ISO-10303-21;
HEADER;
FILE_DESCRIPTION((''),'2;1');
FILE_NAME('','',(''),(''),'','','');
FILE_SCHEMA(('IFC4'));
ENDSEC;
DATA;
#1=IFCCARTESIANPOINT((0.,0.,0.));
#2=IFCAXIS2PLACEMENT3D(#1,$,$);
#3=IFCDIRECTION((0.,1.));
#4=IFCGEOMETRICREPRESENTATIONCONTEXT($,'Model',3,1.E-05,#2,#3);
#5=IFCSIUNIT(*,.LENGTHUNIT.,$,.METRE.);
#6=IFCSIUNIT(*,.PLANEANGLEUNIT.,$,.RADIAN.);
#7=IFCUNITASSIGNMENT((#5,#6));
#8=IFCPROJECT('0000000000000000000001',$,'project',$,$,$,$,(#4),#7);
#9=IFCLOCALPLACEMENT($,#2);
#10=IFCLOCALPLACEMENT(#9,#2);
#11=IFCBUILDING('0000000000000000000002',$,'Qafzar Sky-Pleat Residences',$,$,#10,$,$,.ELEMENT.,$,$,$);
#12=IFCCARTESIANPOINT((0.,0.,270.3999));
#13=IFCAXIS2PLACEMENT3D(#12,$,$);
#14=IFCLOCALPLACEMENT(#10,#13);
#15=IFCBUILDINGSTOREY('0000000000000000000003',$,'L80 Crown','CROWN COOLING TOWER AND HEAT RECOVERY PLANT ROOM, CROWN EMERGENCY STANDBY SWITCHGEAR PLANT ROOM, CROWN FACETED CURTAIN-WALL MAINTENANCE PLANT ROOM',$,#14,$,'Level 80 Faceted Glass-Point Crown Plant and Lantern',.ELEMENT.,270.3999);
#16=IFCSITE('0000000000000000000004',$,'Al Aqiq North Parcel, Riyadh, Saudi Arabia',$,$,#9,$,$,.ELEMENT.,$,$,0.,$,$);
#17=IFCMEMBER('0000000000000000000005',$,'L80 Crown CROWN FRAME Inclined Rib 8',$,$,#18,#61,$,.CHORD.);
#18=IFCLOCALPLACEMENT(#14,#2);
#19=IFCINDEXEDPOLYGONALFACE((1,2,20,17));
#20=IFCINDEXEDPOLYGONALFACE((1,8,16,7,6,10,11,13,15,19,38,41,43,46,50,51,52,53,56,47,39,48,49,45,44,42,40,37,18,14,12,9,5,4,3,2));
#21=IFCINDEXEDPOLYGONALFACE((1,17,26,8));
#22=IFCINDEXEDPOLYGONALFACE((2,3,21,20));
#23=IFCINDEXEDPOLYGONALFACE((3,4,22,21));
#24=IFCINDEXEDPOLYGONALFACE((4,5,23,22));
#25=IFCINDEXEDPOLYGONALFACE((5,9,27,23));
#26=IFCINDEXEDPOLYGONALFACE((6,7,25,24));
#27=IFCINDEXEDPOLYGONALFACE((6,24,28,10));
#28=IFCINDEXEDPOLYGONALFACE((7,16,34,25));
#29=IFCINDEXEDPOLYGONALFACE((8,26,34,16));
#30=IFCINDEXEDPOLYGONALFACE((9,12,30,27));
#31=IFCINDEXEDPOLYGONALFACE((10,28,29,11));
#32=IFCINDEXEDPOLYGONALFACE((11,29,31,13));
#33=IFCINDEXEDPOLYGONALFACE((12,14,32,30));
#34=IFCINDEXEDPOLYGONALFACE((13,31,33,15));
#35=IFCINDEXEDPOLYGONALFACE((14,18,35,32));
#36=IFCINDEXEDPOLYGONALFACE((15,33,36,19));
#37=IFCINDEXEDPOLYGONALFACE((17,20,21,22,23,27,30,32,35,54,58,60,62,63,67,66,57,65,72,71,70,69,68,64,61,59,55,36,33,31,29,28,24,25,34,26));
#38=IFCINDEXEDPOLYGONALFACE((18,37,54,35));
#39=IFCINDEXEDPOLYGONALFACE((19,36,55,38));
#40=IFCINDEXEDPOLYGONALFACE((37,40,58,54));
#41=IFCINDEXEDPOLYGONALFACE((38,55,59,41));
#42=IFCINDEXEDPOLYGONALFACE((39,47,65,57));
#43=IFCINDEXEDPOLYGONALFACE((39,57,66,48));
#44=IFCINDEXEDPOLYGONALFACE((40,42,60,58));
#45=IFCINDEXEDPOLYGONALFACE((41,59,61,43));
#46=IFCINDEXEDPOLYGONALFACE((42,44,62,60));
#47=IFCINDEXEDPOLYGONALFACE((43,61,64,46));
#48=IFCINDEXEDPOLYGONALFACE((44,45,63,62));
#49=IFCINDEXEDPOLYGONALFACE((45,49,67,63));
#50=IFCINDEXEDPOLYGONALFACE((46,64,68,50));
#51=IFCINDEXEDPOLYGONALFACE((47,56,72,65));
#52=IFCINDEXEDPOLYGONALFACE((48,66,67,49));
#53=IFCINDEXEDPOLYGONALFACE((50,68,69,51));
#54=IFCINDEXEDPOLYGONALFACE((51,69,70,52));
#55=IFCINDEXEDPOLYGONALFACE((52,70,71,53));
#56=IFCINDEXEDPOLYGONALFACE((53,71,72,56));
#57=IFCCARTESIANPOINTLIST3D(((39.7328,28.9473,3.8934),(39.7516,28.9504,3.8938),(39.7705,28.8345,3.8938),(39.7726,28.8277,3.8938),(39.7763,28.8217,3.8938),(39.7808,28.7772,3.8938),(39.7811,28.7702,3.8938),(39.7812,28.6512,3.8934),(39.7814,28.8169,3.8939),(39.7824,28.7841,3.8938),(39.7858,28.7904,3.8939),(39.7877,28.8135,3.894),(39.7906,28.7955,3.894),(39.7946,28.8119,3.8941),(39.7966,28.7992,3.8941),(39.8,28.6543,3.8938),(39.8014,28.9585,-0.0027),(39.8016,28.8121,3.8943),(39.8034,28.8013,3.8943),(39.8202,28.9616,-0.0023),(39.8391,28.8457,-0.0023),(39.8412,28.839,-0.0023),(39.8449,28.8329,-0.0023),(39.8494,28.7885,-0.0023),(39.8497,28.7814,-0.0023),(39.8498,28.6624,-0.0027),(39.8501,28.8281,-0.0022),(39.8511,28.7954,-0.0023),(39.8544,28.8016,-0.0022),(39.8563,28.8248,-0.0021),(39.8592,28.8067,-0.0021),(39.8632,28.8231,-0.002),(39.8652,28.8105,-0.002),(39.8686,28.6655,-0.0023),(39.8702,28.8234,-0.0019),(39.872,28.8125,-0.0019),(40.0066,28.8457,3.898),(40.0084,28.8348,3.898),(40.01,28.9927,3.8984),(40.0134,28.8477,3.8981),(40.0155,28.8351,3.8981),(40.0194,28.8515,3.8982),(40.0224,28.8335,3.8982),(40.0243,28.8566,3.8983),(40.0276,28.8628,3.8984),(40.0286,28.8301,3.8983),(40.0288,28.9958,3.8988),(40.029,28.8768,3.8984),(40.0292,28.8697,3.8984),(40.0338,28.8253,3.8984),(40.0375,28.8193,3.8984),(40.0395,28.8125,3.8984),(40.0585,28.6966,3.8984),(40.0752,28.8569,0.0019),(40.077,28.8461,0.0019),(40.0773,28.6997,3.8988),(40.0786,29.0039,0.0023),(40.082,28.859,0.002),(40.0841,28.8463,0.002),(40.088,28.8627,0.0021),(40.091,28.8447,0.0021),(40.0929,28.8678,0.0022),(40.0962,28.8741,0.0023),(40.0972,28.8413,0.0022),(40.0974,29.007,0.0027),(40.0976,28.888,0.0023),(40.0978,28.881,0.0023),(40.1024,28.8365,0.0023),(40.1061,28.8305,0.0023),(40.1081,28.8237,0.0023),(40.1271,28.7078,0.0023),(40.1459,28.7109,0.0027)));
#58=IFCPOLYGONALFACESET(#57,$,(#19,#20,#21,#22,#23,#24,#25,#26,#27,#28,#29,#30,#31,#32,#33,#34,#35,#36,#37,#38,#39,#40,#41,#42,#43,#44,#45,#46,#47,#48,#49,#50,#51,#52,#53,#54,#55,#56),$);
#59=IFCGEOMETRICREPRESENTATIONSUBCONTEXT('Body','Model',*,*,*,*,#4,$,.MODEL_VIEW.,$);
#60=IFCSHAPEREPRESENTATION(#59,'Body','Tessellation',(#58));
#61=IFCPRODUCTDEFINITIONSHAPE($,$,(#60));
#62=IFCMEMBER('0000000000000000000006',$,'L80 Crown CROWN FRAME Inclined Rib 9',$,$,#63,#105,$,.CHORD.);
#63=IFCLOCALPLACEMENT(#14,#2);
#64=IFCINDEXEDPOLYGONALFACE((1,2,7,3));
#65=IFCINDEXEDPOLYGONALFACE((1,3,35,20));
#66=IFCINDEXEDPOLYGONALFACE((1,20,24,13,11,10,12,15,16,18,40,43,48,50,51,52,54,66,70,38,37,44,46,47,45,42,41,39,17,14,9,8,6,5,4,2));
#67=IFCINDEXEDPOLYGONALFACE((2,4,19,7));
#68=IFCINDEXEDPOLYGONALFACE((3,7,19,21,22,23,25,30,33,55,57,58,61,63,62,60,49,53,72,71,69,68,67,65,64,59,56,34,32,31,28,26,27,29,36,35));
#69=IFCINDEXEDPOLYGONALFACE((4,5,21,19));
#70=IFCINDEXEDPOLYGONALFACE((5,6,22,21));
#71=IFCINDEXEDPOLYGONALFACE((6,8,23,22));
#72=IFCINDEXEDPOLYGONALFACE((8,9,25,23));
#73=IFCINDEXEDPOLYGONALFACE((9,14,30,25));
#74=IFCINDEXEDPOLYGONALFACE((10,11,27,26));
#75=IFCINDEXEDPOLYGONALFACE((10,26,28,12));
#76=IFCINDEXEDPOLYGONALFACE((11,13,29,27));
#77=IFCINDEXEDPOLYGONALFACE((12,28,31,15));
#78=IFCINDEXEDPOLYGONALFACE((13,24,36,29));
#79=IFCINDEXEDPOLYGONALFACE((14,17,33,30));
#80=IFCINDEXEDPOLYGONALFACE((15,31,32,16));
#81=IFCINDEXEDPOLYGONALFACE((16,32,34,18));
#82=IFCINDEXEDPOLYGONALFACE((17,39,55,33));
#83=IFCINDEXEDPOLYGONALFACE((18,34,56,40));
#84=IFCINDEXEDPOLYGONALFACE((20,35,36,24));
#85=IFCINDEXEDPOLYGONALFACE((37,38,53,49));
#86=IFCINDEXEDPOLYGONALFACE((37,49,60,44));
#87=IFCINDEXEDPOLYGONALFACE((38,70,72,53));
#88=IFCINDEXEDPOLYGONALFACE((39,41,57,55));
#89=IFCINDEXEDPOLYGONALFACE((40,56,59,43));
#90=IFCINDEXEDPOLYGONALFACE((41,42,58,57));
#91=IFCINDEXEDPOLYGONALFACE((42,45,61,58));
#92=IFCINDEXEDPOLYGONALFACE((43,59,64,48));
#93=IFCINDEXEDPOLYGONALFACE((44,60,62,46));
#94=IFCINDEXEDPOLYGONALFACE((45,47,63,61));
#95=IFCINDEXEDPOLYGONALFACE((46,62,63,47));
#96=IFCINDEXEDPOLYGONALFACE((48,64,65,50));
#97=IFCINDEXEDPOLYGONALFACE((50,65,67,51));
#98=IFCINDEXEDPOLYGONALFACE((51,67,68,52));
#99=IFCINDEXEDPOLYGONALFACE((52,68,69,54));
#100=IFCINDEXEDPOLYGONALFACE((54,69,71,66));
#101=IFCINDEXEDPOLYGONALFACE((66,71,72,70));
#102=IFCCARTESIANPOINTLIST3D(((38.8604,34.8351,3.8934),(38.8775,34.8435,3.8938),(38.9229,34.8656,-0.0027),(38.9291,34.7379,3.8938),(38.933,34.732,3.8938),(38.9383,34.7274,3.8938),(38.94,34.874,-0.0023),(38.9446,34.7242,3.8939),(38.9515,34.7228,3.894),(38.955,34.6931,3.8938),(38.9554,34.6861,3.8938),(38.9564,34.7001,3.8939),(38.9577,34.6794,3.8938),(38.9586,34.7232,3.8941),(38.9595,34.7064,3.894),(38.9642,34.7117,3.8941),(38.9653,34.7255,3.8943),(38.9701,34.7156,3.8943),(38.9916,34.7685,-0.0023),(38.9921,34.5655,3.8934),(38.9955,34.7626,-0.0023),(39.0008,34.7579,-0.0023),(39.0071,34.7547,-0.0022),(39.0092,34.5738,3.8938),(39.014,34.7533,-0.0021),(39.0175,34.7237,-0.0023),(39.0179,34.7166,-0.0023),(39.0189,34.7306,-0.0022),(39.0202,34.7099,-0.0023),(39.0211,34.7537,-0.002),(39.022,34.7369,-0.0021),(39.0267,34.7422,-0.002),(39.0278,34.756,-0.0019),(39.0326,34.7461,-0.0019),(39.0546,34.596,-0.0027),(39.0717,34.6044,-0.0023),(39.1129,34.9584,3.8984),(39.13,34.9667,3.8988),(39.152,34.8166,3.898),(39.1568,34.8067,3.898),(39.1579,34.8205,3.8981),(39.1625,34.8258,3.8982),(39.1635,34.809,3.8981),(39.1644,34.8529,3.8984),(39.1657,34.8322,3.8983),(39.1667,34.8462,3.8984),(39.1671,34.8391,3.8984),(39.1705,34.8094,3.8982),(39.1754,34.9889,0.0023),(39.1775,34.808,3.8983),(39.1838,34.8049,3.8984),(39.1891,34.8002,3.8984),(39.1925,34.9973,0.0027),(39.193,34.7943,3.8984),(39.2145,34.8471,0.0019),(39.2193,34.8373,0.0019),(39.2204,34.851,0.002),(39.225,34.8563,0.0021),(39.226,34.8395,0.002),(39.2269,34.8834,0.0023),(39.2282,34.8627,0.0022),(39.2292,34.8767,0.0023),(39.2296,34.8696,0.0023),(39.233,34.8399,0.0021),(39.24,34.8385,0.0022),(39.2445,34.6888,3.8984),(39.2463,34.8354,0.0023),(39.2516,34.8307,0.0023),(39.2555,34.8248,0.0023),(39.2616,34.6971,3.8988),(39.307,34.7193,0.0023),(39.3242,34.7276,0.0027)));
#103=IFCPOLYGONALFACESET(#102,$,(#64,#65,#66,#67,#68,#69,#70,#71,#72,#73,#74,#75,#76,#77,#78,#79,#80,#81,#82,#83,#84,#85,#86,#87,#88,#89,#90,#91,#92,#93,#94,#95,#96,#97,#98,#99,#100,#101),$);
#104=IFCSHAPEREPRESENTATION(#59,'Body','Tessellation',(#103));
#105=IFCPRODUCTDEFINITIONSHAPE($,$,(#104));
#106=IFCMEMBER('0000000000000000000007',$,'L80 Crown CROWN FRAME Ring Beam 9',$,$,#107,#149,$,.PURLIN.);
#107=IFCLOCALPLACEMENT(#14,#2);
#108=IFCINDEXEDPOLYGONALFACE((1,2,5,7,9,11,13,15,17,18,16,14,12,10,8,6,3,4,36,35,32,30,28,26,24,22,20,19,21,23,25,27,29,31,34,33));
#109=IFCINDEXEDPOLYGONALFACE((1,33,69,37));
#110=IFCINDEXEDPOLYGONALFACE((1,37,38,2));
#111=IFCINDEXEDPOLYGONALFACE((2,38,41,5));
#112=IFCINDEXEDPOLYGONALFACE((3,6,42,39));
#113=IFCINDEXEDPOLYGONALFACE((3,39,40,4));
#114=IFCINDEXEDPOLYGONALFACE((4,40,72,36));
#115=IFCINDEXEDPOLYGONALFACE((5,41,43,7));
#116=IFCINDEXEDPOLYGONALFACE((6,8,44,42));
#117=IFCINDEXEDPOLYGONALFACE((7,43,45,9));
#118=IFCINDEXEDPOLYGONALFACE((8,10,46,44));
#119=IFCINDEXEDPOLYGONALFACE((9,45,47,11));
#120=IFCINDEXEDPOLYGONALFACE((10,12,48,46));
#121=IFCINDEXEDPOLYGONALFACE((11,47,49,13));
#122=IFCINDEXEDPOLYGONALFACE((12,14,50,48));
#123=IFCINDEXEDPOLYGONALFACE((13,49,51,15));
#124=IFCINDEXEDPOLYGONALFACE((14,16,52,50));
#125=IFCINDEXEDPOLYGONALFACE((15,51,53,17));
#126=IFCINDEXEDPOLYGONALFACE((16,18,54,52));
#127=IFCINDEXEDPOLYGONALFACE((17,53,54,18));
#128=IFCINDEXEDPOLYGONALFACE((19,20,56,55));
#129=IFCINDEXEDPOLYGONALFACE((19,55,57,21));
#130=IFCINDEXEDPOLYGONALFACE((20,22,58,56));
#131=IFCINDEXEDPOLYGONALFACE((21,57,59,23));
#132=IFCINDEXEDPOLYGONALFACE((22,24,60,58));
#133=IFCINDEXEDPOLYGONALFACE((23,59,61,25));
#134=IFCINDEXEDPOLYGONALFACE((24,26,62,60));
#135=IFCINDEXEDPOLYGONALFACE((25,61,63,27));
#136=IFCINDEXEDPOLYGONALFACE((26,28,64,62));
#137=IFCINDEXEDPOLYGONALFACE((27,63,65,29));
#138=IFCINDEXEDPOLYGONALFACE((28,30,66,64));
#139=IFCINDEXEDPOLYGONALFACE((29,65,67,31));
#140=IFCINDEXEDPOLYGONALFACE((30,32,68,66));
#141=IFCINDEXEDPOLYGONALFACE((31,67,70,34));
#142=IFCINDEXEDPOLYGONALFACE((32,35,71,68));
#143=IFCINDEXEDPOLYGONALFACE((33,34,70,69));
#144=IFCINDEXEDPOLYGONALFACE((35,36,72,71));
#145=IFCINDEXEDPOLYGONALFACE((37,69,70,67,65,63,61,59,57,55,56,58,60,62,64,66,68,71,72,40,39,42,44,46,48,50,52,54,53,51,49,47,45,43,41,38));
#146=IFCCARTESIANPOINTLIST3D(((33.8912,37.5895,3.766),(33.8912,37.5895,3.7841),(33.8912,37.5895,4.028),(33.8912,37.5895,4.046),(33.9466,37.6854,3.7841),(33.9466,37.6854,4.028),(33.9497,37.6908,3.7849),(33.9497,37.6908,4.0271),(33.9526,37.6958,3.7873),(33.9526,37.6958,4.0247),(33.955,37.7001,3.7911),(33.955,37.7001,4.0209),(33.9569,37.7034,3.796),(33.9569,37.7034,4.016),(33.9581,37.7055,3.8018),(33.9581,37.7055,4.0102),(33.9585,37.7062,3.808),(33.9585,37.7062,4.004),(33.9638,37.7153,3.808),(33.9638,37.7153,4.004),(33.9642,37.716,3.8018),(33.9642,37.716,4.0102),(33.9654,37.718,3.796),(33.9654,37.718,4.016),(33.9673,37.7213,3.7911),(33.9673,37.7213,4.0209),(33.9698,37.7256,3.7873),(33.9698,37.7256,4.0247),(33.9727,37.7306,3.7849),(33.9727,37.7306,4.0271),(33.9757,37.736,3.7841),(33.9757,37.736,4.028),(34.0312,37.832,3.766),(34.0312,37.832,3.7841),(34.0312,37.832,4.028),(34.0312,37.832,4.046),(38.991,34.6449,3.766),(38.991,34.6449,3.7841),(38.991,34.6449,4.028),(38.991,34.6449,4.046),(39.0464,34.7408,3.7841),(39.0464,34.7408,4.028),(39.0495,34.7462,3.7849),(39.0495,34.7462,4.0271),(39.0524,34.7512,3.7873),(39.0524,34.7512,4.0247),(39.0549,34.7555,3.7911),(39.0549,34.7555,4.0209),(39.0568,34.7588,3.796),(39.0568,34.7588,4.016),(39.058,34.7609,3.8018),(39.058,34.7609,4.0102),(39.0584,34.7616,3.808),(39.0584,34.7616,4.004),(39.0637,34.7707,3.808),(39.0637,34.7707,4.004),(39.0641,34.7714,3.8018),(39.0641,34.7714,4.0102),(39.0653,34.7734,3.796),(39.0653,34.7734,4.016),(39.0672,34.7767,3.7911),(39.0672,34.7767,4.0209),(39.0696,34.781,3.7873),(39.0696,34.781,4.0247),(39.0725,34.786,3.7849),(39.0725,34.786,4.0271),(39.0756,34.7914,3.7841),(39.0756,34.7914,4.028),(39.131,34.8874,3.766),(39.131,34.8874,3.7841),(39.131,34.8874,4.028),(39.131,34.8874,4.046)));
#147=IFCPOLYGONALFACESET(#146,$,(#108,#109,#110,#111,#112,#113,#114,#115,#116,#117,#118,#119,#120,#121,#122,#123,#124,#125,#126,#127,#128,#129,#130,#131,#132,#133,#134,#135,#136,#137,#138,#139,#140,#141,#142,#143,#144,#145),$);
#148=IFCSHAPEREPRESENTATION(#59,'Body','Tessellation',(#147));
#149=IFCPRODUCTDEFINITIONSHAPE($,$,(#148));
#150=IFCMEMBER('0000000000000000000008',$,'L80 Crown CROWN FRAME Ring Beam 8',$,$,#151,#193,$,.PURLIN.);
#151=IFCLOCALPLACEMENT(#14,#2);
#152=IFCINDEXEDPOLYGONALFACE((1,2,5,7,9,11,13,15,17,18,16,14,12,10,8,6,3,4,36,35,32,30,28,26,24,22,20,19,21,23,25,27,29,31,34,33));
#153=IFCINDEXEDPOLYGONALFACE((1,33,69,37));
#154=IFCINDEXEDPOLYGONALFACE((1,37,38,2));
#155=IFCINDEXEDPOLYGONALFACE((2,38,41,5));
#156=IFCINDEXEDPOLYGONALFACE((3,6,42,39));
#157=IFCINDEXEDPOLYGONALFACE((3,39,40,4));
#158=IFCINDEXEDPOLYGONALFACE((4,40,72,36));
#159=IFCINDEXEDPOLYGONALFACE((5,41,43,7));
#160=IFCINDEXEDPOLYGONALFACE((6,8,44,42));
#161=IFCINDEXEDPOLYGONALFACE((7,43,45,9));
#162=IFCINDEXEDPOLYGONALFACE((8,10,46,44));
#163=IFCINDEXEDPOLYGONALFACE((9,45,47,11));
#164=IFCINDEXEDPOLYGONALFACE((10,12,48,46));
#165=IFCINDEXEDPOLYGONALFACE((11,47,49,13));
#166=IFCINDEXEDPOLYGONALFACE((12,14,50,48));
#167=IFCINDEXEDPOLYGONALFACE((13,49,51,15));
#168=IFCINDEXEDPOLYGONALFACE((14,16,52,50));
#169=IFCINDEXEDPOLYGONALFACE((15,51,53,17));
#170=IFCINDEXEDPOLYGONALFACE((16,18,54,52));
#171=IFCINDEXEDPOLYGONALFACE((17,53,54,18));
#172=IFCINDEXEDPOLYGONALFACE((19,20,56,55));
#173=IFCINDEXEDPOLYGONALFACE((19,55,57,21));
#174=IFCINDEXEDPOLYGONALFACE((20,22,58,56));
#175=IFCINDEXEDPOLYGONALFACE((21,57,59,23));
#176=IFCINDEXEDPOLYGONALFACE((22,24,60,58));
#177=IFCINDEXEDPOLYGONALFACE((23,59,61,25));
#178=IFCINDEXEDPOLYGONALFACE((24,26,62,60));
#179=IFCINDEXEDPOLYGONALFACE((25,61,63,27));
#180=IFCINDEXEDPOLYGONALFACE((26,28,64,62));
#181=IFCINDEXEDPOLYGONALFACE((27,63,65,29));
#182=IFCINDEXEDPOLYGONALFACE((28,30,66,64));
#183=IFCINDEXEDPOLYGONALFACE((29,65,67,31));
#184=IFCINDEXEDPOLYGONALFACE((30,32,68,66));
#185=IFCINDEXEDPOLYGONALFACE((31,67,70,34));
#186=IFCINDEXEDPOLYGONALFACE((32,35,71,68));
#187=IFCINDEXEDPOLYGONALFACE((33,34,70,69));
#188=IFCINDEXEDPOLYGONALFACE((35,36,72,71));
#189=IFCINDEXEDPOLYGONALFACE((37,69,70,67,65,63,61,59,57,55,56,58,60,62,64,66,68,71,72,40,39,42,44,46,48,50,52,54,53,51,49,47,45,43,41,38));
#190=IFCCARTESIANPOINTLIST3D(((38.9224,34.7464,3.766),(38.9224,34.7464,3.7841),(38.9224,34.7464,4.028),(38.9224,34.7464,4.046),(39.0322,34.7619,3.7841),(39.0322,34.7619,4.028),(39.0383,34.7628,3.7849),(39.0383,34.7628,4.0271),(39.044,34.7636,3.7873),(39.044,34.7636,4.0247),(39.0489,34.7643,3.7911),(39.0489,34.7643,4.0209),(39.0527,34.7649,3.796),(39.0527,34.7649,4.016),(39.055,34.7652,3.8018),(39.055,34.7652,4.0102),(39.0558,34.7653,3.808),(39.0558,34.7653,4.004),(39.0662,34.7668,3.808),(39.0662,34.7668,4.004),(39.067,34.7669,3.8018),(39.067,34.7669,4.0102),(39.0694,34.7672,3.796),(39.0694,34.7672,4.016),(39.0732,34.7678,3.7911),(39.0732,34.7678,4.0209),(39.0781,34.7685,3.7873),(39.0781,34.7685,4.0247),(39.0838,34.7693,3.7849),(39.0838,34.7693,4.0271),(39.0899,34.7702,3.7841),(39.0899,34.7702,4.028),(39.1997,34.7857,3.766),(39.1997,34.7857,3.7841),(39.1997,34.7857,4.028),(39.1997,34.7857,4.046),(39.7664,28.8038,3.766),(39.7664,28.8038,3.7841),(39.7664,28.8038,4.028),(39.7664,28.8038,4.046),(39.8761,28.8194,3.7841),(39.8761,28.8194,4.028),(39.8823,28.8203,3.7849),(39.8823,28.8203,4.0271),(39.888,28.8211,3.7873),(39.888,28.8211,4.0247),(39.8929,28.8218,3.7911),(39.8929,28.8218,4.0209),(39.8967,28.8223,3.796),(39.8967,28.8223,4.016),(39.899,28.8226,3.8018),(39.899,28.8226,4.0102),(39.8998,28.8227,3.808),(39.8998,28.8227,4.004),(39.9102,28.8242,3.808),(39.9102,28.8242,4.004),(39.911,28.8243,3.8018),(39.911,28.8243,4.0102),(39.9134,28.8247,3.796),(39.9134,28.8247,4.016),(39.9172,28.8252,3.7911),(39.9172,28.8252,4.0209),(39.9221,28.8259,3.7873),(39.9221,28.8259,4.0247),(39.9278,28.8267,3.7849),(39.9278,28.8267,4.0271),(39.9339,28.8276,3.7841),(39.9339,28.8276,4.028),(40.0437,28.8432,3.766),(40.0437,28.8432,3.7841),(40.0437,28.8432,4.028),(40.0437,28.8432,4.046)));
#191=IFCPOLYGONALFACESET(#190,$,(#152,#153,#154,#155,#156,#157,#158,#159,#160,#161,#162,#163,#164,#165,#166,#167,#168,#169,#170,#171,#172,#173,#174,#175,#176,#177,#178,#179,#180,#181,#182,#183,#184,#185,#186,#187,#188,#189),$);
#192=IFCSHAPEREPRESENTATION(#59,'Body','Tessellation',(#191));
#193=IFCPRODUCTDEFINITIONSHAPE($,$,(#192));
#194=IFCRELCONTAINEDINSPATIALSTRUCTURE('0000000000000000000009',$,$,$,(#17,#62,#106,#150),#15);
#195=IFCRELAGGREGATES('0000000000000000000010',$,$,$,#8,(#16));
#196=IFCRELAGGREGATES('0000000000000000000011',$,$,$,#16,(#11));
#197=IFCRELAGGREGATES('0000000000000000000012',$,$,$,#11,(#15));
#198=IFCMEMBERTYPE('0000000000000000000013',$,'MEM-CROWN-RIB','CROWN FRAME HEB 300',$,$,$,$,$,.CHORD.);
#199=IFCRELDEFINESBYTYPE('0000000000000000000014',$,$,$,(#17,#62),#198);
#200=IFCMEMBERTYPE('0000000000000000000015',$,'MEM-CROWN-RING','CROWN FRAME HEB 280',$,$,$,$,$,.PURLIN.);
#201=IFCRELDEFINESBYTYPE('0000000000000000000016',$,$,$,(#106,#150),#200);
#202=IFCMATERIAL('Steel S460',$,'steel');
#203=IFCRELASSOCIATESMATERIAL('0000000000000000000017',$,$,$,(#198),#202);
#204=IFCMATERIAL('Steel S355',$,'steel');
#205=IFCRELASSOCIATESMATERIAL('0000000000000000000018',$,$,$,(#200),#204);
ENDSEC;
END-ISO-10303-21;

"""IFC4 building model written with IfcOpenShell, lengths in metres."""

from ifc_helpers import new_model, si_unit, direction, frame, origin, origin_2d, place, context, subcontext, project, spatial, i_section, extrude, source, transform, mapped, material, material_profile, profile_set, type_object, element, save


model = new_model("IFC4")

# Units and contexts
model_context = context("Model", 3, precision=1e-05, world=origin(), true_north=direction((0.0, 1.0)))
body_context = subcontext(model_context, "Body", "Model", "MODEL_VIEW")
ifc_project = project(units=[si_unit("LENGTHUNIT", "METRE"), si_unit("PLANEANGLEUNIT", "RADIAN")], contexts=[model_context])

# Site, building, storey
site_placement = place(None, origin())
site = spatial("IfcSite", under=ifc_project, at=site_placement, Name="Al Aqiq North Parcel, Riyadh, Saudi Arabia", CompositionType="ELEMENT", RefElevation=0.0)
building_placement = place(site_placement, origin())
building = spatial("IfcBuilding", under=site, at=building_placement, Name="Qafzar Sky-Pleat Residences", CompositionType="ELEMENT")
storey_placement = place(building_placement, frame((0.0, 0.0, 270.3999)))
storey = spatial("IfcBuildingStorey", under=building, at=storey_placement, Name="L80 Crown", Description="CROWN COOLING TOWER AND HEAT RECOVERY PLANT ROOM, CROWN EMERGENCY STANDBY SWITCHGEAR PLANT ROOM, CROWN FACETED CURTAIN-WALL MAINTENANCE PLANT ROOM", LongName="Level 80 Faceted Glass-Point Crown Plant and Lantern", CompositionType="ELEMENT", Elevation=270.3999)

# Members
ifc_material_1 = material(Name="Steel S460", Category="steel")
ifc_material_profile_1 = material_profile(ifc_material_1, i_section(OverallWidth=0.3, OverallDepth=0.3, WebThickness=0.011, FlangeThickness=0.019, FilletRadius=0.0271, at=origin_2d()), Name="HEB 300")
ifc_profile_set_1 = profile_set([ifc_material_profile_1], Name="Steel S460")
member_type_1 = type_object("IfcMemberType", Name="MEM-CROWN-RIB", Description="CROWN FRAME HEB 300", PredefinedType="CHORD", material=ifc_profile_set_1)
shared_shape_1 = source(origin(), body_context, "Body", "SweptSolid", [
    extrude(i_section(OverallWidth=0.3, OverallDepth=0.3, WebThickness=0.011, FlangeThickness=0.019, FilletRadius=0.0271, at=origin_2d()), origin(), (0.0, 0.0, 1.0), 3.8967),
])
for number, where, z_axis, x_axis, name in (
    (1, (39.9736, 28.8347, 0.0), (-0.017606, -0.002882, 0.999841), (0.161551, -0.986864, 0.0), "L80 Crown CROWN FRAME Inclined Rib 8"),
    (2, (39.1235, 34.7966, 0.0), (-0.01604, -0.007832, 0.999841), (0.438769, -0.8986, 0.0), "L80 Crown CROWN FRAME Inclined Rib 9"),
):
    element("IfcMember", number, at=place(storey_placement, frame(where, z_axis=z_axis, x_axis=x_axis)), inside=storey, type_object=member_type_1, Name=name, PredefinedType="CHORD", context=body_context, shape_type="MappedRepresentation", body=[
        mapped(shared_shape_1, transform((0.0, 0.0, 0.0), x_axis=(1.0, 0.0, 0.0), y_axis=(0.0, 1.0, 0.0), z_axis=(0.0, 0.0, 1.0), scale=1.0)),
    ])
ifc_material_2 = material(Name="Steel S355", Category="steel")
ifc_material_profile_2 = material_profile(ifc_material_2, i_section(OverallWidth=0.28, OverallDepth=0.28, WebThickness=0.0105, FlangeThickness=0.0181, FilletRadius=0.0239, at=origin_2d()), Name="HEB 280")
ifc_profile_set_2 = profile_set([ifc_material_profile_2], Name="Steel S355")
member_type_2 = type_object("IfcMemberType", Name="MEM-CROWN-RING", Description="CROWN FRAME HEB 280", PredefinedType="PURLIN", material=ifc_profile_set_2)
shared_shape_2 = source(origin(), body_context, "Body", "SweptSolid", [
    extrude(i_section(OverallWidth=0.28, OverallDepth=0.28, WebThickness=0.0105, FlangeThickness=0.0181, FilletRadius=0.0239, at=origin_2d()), origin(), (0.0, 0.0, 1.0), 5.8889),
])
member_1_placement = place(storey_placement, frame((39.061, 34.7661, 3.906), z_axis=(-0.866012, 0.500023, 0.0), x_axis=(-0.500023, -0.866012, 0.0)))
element("IfcMember", 3, at=member_1_placement, inside=storey, type_object=member_type_2, Name="L80 Crown CROWN FRAME Ring Beam 9", PredefinedType="PURLIN", context=body_context, shape_type="MappedRepresentation", body=[
    mapped(shared_shape_2, transform((0.0, 0.0, 0.0), x_axis=(1.0, 0.0, 0.0), y_axis=(0.0, 1.0, 0.0), z_axis=(0.0, 0.0, 1.0), scale=1.0)),
])
shared_shape_3 = source(origin(), body_context, "Body", "SweptSolid", [
    extrude(i_section(OverallWidth=0.28, OverallDepth=0.28, WebThickness=0.0105, FlangeThickness=0.0181, FilletRadius=0.0239, at=origin_2d()), origin(), (0.0, 0.0, 1.0), 6.0022),
])
member_2_placement = place(storey_placement, frame((39.905, 28.8235, 3.906), z_axis=(-0.140613, 0.990065, 0.0), x_axis=(-0.990065, -0.140613, 0.0)))
element("IfcMember", 4, at=member_2_placement, inside=storey, type_object=member_type_2, Name="L80 Crown CROWN FRAME Ring Beam 8", PredefinedType="PURLIN", context=body_context, shape_type="MappedRepresentation", body=[
    mapped(shared_shape_3, transform((0.0, 0.0, 0.0), x_axis=(1.0, 0.0, 0.0), y_axis=(0.0, 1.0, 0.0), z_axis=(0.0, 0.0, 1.0), scale=1.0)),
])

save(model, "model.ifc")
